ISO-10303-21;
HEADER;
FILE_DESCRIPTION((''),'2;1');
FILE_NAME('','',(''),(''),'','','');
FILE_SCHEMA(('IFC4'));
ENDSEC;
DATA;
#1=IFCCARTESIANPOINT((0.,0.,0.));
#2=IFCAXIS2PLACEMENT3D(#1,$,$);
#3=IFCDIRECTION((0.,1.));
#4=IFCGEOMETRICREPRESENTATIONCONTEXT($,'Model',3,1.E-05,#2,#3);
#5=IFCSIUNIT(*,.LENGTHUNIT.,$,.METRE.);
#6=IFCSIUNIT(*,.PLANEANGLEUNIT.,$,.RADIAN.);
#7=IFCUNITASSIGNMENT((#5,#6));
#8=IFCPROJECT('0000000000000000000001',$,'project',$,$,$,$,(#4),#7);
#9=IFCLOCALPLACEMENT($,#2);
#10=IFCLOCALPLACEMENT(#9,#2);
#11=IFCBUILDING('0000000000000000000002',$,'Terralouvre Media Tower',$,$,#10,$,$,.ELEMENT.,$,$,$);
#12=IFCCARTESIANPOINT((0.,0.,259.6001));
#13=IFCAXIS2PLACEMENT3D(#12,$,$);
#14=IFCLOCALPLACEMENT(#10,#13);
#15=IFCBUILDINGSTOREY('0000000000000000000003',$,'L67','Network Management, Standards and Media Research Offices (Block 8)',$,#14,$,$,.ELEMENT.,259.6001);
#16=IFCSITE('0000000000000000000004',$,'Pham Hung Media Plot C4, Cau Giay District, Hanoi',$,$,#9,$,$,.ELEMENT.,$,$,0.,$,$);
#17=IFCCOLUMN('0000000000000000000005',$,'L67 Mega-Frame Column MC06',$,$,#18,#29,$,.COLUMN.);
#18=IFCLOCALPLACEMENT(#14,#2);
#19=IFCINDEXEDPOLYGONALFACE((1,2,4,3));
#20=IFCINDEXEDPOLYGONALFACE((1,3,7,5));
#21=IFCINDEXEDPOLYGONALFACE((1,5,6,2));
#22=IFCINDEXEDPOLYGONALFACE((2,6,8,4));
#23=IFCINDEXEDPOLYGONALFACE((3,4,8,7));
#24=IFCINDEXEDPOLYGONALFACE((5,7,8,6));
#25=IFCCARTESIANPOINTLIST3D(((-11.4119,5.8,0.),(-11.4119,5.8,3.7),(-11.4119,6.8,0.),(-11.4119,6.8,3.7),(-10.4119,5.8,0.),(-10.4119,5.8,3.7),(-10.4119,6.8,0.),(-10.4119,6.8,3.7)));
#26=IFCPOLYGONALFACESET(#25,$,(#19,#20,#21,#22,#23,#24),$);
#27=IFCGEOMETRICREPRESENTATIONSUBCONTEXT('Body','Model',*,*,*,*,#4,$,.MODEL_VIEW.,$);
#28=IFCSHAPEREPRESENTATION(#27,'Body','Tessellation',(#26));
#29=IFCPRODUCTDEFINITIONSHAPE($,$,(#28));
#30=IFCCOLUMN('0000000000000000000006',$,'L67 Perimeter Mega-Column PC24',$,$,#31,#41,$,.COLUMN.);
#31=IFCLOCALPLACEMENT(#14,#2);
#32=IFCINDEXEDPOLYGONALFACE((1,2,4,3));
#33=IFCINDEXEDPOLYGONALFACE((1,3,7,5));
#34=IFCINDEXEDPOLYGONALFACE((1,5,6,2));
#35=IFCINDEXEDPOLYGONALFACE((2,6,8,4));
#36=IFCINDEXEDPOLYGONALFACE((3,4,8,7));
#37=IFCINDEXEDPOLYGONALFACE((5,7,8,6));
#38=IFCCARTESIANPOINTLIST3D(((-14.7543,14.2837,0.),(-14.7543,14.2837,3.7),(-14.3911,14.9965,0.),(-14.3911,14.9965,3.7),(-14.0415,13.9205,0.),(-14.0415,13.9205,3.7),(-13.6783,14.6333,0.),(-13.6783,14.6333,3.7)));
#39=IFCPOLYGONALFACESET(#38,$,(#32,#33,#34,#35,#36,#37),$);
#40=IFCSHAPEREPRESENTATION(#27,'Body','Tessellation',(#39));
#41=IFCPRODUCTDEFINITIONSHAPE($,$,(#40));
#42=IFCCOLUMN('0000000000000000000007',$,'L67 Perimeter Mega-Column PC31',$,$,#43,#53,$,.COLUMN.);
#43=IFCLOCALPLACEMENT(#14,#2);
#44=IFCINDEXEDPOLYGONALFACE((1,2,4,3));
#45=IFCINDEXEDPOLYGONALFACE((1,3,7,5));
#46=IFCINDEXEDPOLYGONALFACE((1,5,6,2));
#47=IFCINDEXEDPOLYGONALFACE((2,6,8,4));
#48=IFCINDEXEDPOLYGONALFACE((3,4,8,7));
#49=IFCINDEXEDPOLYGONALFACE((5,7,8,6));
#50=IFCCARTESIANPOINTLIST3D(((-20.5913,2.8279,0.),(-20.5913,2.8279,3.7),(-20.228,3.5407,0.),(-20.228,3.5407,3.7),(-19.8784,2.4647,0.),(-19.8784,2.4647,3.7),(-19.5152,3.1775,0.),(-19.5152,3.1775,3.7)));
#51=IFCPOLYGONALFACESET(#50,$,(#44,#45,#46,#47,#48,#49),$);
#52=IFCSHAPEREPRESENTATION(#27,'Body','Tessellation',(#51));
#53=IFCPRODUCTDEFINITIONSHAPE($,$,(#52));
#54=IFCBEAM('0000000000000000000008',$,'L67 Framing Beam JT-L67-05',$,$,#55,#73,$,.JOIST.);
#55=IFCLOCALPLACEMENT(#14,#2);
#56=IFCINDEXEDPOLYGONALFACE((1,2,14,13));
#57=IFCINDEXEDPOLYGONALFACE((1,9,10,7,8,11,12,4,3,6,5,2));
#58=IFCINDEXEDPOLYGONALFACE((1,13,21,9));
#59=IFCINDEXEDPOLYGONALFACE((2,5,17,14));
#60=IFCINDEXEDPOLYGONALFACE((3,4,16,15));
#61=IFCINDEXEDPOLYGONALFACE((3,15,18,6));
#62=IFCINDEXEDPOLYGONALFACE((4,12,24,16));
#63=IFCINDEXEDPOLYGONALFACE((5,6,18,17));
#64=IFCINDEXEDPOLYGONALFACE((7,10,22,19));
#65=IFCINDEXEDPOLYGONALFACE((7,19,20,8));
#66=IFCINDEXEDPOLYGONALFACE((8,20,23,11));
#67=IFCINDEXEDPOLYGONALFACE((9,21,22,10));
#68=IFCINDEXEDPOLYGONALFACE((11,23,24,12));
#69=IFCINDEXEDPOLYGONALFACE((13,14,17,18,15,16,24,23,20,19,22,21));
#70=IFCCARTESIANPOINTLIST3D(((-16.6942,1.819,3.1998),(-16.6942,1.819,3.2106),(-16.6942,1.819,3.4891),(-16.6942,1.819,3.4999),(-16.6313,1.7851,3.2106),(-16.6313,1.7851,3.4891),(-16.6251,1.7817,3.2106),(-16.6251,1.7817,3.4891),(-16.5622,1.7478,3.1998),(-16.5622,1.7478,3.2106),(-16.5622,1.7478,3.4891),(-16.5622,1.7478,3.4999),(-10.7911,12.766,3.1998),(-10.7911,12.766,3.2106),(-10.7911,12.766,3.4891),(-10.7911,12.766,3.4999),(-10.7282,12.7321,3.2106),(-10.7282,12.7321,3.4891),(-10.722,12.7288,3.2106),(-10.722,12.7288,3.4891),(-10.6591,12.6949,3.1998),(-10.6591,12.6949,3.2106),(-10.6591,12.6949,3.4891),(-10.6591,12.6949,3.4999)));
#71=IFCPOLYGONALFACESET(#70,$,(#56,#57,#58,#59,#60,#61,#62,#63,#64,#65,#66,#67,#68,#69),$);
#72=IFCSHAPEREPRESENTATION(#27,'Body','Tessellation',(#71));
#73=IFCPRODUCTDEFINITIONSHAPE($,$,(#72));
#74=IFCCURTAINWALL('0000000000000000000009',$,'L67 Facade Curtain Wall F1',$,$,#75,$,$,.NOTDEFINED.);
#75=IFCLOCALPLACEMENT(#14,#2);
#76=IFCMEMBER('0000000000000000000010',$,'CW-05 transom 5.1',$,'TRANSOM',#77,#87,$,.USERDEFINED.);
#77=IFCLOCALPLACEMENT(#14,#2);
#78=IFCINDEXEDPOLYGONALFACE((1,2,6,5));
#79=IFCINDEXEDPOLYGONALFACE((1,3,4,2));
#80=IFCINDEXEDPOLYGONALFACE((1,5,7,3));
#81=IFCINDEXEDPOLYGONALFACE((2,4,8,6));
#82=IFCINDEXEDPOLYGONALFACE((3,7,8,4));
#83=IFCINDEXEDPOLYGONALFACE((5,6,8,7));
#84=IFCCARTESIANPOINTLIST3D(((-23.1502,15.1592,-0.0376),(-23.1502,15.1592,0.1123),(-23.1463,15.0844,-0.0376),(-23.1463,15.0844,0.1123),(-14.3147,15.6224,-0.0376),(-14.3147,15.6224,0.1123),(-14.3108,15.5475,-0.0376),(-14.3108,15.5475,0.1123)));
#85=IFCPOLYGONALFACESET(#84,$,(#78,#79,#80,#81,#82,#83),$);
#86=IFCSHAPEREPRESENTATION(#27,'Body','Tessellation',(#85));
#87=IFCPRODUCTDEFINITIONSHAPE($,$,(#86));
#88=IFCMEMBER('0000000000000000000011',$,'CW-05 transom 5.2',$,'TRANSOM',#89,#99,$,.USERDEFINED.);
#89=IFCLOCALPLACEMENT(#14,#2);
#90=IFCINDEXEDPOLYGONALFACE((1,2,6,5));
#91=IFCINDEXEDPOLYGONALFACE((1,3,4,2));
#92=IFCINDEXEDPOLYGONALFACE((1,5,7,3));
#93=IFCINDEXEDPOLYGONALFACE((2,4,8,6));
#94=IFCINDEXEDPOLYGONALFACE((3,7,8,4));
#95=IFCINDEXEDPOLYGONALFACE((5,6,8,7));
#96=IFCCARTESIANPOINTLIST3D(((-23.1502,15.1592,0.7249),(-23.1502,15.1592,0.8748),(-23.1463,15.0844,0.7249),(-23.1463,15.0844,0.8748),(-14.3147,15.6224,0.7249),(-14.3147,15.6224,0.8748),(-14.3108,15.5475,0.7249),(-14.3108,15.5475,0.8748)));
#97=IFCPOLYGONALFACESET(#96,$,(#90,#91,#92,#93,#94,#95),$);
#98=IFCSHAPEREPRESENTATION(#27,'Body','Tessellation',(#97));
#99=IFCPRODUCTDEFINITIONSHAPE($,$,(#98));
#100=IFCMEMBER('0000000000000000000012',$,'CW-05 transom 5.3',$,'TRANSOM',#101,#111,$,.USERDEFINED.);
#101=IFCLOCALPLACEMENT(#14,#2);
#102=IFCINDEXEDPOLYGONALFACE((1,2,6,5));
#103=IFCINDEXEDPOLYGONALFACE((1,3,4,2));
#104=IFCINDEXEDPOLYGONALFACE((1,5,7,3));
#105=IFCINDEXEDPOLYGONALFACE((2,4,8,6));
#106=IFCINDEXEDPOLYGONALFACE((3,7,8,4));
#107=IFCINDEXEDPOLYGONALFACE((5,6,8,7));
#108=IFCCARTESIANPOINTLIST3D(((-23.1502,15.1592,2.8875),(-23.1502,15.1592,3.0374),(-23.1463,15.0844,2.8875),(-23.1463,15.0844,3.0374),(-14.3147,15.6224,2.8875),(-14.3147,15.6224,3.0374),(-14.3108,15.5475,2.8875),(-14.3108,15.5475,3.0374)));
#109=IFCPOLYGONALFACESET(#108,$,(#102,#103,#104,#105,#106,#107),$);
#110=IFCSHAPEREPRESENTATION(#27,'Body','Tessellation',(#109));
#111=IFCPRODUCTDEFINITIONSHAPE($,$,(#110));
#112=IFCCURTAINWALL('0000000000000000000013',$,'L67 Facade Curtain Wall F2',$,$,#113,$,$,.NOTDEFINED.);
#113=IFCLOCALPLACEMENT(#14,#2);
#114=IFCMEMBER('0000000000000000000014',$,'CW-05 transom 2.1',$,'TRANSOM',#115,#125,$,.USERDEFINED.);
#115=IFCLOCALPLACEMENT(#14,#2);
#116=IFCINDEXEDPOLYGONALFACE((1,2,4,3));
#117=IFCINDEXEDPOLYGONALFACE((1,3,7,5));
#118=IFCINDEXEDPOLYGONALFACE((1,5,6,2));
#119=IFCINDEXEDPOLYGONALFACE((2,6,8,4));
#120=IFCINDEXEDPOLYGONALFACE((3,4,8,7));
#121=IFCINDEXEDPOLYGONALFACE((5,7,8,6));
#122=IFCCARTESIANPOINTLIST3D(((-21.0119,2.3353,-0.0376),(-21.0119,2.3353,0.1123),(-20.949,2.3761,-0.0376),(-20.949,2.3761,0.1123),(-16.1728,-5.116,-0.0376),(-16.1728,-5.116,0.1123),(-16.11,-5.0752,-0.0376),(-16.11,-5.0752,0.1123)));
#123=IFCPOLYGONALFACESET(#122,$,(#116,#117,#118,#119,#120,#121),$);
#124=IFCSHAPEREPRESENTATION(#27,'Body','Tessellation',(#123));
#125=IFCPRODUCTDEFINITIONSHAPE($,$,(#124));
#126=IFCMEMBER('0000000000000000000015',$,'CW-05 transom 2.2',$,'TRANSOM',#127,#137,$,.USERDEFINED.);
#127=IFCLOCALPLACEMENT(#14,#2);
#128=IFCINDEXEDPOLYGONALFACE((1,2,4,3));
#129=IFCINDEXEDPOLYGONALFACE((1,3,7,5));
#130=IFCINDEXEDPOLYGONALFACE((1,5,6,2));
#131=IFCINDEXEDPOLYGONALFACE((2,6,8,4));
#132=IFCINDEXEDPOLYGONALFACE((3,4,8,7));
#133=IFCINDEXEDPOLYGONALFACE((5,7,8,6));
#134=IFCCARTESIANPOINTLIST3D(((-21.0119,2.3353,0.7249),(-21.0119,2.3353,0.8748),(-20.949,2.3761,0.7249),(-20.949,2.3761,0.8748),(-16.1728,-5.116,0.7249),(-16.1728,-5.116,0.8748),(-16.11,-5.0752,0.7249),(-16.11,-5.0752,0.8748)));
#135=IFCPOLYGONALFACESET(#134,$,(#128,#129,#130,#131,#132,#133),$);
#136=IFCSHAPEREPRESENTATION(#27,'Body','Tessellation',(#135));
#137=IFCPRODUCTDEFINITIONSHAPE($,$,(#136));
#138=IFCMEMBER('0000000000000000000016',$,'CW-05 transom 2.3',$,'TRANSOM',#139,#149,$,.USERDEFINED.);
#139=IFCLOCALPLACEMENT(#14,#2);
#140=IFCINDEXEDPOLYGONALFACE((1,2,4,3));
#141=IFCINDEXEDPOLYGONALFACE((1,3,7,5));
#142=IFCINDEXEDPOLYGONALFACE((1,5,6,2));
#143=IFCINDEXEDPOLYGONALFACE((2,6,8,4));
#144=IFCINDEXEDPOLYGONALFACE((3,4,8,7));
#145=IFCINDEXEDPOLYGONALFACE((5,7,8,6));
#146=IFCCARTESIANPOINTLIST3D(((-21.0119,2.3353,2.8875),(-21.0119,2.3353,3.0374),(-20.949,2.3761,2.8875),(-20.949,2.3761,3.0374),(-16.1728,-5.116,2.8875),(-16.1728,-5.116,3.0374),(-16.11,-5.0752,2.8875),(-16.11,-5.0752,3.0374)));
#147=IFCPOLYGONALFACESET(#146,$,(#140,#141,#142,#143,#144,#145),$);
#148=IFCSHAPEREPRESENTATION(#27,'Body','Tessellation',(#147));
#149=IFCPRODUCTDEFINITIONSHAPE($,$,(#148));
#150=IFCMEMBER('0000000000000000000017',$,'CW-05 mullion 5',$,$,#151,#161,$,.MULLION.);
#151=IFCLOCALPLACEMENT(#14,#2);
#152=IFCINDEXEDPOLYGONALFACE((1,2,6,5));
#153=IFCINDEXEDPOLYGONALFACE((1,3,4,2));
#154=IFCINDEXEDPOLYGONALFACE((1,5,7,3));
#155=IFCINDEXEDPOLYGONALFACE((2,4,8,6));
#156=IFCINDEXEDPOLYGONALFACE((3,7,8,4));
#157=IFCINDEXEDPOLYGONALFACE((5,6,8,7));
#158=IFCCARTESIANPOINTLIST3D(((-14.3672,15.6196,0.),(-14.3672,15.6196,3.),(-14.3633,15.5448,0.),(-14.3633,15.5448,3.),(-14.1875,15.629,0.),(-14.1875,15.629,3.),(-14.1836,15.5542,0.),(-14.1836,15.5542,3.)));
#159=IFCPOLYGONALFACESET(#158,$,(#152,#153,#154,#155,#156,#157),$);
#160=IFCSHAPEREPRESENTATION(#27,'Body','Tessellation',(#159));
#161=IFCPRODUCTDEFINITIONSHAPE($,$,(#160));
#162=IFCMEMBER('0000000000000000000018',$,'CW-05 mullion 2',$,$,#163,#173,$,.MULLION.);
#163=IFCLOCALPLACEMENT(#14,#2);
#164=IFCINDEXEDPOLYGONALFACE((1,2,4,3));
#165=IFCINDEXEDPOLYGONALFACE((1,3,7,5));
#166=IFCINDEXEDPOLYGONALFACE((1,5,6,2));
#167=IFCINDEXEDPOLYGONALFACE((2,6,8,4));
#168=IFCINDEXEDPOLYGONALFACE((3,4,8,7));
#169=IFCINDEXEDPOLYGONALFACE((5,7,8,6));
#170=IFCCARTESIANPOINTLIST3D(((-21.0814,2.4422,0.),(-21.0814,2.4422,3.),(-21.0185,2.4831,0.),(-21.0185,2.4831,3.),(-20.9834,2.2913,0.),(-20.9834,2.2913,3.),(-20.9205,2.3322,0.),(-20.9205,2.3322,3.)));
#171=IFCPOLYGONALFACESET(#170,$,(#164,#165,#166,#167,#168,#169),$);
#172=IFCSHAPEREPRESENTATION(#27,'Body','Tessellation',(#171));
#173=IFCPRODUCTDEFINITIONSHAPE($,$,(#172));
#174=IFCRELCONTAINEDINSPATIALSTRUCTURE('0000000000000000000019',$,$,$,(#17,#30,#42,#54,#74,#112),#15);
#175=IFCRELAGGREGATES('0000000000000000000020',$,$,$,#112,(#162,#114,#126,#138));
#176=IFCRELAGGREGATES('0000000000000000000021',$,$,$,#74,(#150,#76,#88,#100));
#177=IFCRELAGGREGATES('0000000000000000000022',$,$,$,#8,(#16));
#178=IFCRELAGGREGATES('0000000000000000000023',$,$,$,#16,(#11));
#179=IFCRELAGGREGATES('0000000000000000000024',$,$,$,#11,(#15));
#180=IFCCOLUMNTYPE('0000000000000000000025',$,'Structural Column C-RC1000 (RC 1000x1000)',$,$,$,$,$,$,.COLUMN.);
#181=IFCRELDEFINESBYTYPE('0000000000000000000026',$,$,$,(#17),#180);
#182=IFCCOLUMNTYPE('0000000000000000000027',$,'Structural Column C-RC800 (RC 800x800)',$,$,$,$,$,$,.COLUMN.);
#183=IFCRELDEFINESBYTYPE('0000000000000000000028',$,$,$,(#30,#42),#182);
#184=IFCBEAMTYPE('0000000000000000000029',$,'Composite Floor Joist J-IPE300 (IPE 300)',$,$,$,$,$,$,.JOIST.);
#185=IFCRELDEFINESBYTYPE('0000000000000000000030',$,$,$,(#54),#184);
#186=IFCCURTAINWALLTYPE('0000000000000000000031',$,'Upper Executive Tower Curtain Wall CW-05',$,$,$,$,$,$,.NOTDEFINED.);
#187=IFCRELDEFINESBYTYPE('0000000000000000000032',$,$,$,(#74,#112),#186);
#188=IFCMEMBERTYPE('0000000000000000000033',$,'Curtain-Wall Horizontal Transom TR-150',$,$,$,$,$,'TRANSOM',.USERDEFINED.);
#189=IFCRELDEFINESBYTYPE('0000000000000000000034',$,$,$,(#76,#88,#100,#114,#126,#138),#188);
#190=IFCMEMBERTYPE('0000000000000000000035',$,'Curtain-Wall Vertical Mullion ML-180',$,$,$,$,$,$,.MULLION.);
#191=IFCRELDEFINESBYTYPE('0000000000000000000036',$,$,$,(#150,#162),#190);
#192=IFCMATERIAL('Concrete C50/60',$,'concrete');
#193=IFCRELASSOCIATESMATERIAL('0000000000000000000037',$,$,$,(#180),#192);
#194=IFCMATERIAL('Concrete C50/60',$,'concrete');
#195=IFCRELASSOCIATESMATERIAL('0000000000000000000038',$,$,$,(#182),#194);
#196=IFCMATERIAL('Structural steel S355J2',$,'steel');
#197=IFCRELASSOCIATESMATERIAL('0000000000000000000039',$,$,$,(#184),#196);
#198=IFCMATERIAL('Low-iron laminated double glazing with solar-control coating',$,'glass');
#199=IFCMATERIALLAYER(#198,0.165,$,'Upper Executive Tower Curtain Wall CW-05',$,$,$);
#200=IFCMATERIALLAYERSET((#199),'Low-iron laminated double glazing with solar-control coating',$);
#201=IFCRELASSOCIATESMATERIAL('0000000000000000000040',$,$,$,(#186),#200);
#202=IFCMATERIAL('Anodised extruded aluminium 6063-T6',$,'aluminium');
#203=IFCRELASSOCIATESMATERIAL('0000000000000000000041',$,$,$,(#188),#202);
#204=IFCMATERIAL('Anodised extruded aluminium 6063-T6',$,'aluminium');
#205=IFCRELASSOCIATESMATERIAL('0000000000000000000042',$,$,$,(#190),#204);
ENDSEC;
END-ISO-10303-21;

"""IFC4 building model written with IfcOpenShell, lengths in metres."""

from ifc_helpers import new_model, si_unit, direction, frame, origin, origin_2d, place, context, subcontext, project, spatial, rectangle, i_section, extrude, material, layer, layer_set, material_profile, profile_set, type_object, element, aggregate, save


model = new_model("IFC4")

# Units and contexts
model_context = context("Model", 3, precision=1e-05, world=origin(), true_north=direction((0.0, 1.0)))
body_context = subcontext(model_context, "Body", "Model", "MODEL_VIEW")
ifc_project = project(units=[si_unit("LENGTHUNIT", "METRE"), si_unit("PLANEANGLEUNIT", "RADIAN")], contexts=[model_context])

# Site, building, storey
site_placement = place(None, origin())
site = spatial("IfcSite", under=ifc_project, at=site_placement, Name="Pham Hung Media Plot C4, Cau Giay District, Hanoi", CompositionType="ELEMENT", RefElevation=0.0)
building_placement = place(site_placement, origin())
building = spatial("IfcBuilding", under=site, at=building_placement, Name="Terralouvre Media Tower", CompositionType="ELEMENT")
storey_placement = place(building_placement, frame((0.0, 0.0, 259.6001)))
storey = spatial("IfcBuildingStorey", under=building, at=storey_placement, Name="L67", Description="Network Management, Standards and Media Research Offices (Block 8)", CompositionType="ELEMENT", Elevation=259.6001)

# Columns
ifc_material_1 = material(Name="Concrete C50/60", Category="concrete")
ifc_material_profile_1 = material_profile(ifc_material_1, rectangle(XDim=1.0, YDim=1.0, at=origin_2d()), Name="RC 1000x1000")
ifc_profile_set_1 = profile_set([ifc_material_profile_1], Name="Concrete C50/60")
column_type_1 = type_object("IfcColumnType", Name="Structural Column C-RC1000 (RC 1000x1000)", PredefinedType="COLUMN", material=ifc_profile_set_1)
column_placement = place(storey_placement, frame((-10.9119, 6.3, 0.0), z_axis=(0.0, 0.0, 1.0), x_axis=(1.0, 0.0, 0.0)))
element("IfcColumn", 1, at=column_placement, inside=storey, type_object=column_type_1, Name="L67 Mega-Frame Column MC06", PredefinedType="COLUMN", context=body_context, shape_type="SweptSolid", body=[
    extrude(rectangle(XDim=1.0, YDim=1.0, at=origin_2d()), origin(), (0.0, 0.0, 1.0), 3.7),
])
ifc_material_2 = material(Name="Concrete C50/60", Category="concrete")
ifc_material_profile_2 = material_profile(ifc_material_2, rectangle(XDim=0.8, YDim=0.8, at=origin_2d()), Name="RC 800x800")
ifc_profile_set_2 = profile_set([ifc_material_profile_2], Name="Concrete C50/60")
column_type_2 = type_object("IfcColumnType", Name="Structural Column C-RC800 (RC 800x800)", PredefinedType="COLUMN", material=ifc_profile_set_2)
for number, where, z_axis, x_axis, name in (
    (2, (-14.2163, 14.4585, 0.0), (0.0, 0.0, 1.0), (0.45399, 0.891007, 0.0), "L67 Perimeter Mega-Column PC24"),
    (3, (-20.0532, 3.0027, 0.0), (0.0, 0.0, 1.0), (0.45399, 0.891007, 0.0), "L67 Perimeter Mega-Column PC31"),
):
    element("IfcColumn", number, at=place(storey_placement, frame(where, z_axis=z_axis, x_axis=x_axis)), inside=storey, type_object=column_type_2, Name=name, PredefinedType="COLUMN", context=body_context, shape_type="SweptSolid", body=[
        extrude(rectangle(XDim=0.8, YDim=0.8, at=origin_2d()), origin(), (0.0, 0.0, 1.0), 3.7),
    ])

# Beam
ifc_material_3 = material(Name="Structural steel S355J2", Category="steel")
ifc_material_profile_3 = material_profile(ifc_material_3, i_section(OverallWidth=0.1499, OverallDepth=0.3, WebThickness=0.0071, FlangeThickness=0.0107, at=origin_2d()), Name="IPE 300")
ifc_profile_set_3 = profile_set([ifc_material_profile_3], Name="Structural steel S355J2")
beam_type_1 = type_object("IfcBeamType", Name="Composite Floor Joist J-IPE300 (IPE 300)", PredefinedType="JOIST", material=ifc_profile_set_3)
beam_1_placement = place(storey_placement, frame((-10.7251, 12.7305, 3.3499), z_axis=(-0.474631, -0.880185, 0.0), x_axis=(0.880185, -0.474631, 0.0)))
element("IfcBeam", 4, at=beam_1_placement, inside=storey, type_object=beam_type_1, Name="L67 Framing Beam JT-L67-05", PredefinedType="JOIST", context=body_context, shape_type="SweptSolid", body=[
    extrude(i_section(OverallWidth=0.1499, OverallDepth=0.3, WebThickness=0.0071, FlangeThickness=0.0107, at=origin_2d()), origin(), (0.0, 0.0, 1.0), 12.4373),
])

# Curtain walls, members
ifc_material_4 = material(Name="Low-iron laminated double glazing with solar-control coating", Category="glass")
ifc_layer_1 = layer(ifc_material_4, 0.165, Name="Upper Executive Tower Curtain Wall CW-05")
ifc_layer_set_1 = layer_set([ifc_layer_1], Name="Low-iron laminated double glazing with solar-control coating")
curtain_wall_type = type_object("IfcCurtainWallType", Name="Upper Executive Tower Curtain Wall CW-05", PredefinedType="NOTDEFINED", material=ifc_layer_set_1)
curtain_wall_1_placement = place(storey_placement, origin())
curtain_wall_1 = element("IfcCurtainWall", 5, at=curtain_wall_1_placement, inside=storey, type_object=curtain_wall_type, Name="L67 Facade Curtain Wall F1", PredefinedType="NOTDEFINED")
ifc_material_5 = material(Name="Anodised extruded aluminium 6063-T6", Category="aluminium")
ifc_material_profile_4 = material_profile(ifc_material_5, rectangle(XDim=0.075, YDim=0.1499, at=origin_2d()), Name="ALU 75x150")
ifc_profile_set_4 = profile_set([ifc_material_profile_4], Name="Anodised extruded aluminium 6063-T6")
member_type_1 = type_object("IfcMemberType", Name="Curtain-Wall Horizontal Transom TR-150", ElementType="TRANSOM", PredefinedType="USERDEFINED", material=ifc_profile_set_4)
member_1_placement = place(storey_placement, frame((-14.3127, 15.585, 0.0374), z_axis=(-0.998629, -0.052346, 0.0), x_axis=(0.052346, -0.998629, 0.0)))
member_1 = element("IfcMember", 6, at=member_1_placement, type_object=member_type_1, Name="CW-05 transom 5.1", ObjectType="TRANSOM", PredefinedType="USERDEFINED", context=body_context, shape_type="SweptSolid", body=[
    extrude(rectangle(XDim=0.075, YDim=0.1499, at=origin_2d()), origin(), (0.0, 0.0, 1.0), 8.8477),
])
member_2_placement = place(storey_placement, frame((-14.3127, 15.585, 0.7998), z_axis=(-0.998629, -0.052346, 0.0), x_axis=(0.052346, -0.998629, 0.0)))
member_2 = element("IfcMember", 7, at=member_2_placement, type_object=member_type_1, Name="CW-05 transom 5.2", ObjectType="TRANSOM", PredefinedType="USERDEFINED", context=body_context, shape_type="SweptSolid", body=[
    extrude(rectangle(XDim=0.075, YDim=0.1499, at=origin_2d()), origin(), (0.0, 0.0, 1.0), 8.8477),
])
member_3_placement = place(storey_placement, frame((-14.3127, 15.585, 2.9624), z_axis=(-0.998629, -0.052346, 0.0), x_axis=(0.052346, -0.998629, 0.0)))
member_3 = element("IfcMember", 8, at=member_3_placement, type_object=member_type_1, Name="CW-05 transom 5.3", ObjectType="TRANSOM", PredefinedType="USERDEFINED", context=body_context, shape_type="SweptSolid", body=[
    extrude(rectangle(XDim=0.075, YDim=0.1499, at=origin_2d()), origin(), (0.0, 0.0, 1.0), 8.8477),
])
curtain_wall_2_placement = place(storey_placement, origin())
curtain_wall_2 = element("IfcCurtainWall", 9, at=curtain_wall_2_placement, inside=storey, type_object=curtain_wall_type, Name="L67 Facade Curtain Wall F2", PredefinedType="NOTDEFINED")
member_4_placement = place(storey_placement, frame((-20.9805, 2.3557, 0.0374), z_axis=(0.544647, -0.838665, 0.0), x_axis=(0.838665, 0.544647, 0.0)))
member_4 = element("IfcMember", 10, at=member_4_placement, type_object=member_type_1, Name="CW-05 transom 2.1", ObjectType="TRANSOM", PredefinedType="USERDEFINED", context=body_context, shape_type="SweptSolid", body=[
    extrude(rectangle(XDim=0.075, YDim=0.1499, at=origin_2d()), origin(), (0.0, 0.0, 1.0), 8.8848),
])
member_5_placement = place(storey_placement, frame((-20.9805, 2.3557, 0.7998), z_axis=(0.544647, -0.838665, 0.0), x_axis=(0.838665, 0.544647, 0.0)))
member_5 = element("IfcMember", 11, at=member_5_placement, type_object=member_type_1, Name="CW-05 transom 2.2", ObjectType="TRANSOM", PredefinedType="USERDEFINED", context=body_context, shape_type="SweptSolid", body=[
    extrude(rectangle(XDim=0.075, YDim=0.1499, at=origin_2d()), origin(), (0.0, 0.0, 1.0), 8.8848),
])
member_6_placement = place(storey_placement, frame((-20.9805, 2.3557, 2.9624), z_axis=(0.544647, -0.838665, 0.0), x_axis=(0.838665, 0.544647, 0.0)))
member_6 = element("IfcMember", 12, at=member_6_placement, type_object=member_type_1, Name="CW-05 transom 2.3", ObjectType="TRANSOM", PredefinedType="USERDEFINED", context=body_context, shape_type="SweptSolid", body=[
    extrude(rectangle(XDim=0.075, YDim=0.1499, at=origin_2d()), origin(), (0.0, 0.0, 1.0), 8.8848),
])

# Members
ifc_material_6 = material(Name="Anodised extruded aluminium 6063-T6", Category="aluminium")
ifc_material_profile_5 = material_profile(ifc_material_6, rectangle(XDim=0.075, YDim=0.1799, at=origin_2d()), Name="ALU 75x180")
ifc_profile_set_5 = profile_set([ifc_material_profile_5], Name="Anodised extruded aluminium 6063-T6")
member_type_2 = type_object("IfcMemberType", Name="Curtain-Wall Vertical Mullion ML-180", PredefinedType="MULLION", material=ifc_profile_set_5)
member_7_placement = place(storey_placement, frame((-14.2754, 15.5869, 0.0), z_axis=(0.0, 0.0, 1.0), x_axis=(0.052336, -0.99863, 0.0)))
member_7 = element("IfcMember", 13, at=member_7_placement, type_object=member_type_2, Name="CW-05 mullion 5", PredefinedType="MULLION", context=body_context, shape_type="SweptSolid", body=[
    extrude(rectangle(XDim=0.075, YDim=0.1799, at=origin_2d()), origin(), (0.0, 0.0, 1.0), 3.0),
])
member_8_placement = place(storey_placement, frame((-21.001, 2.3872, 0.0), z_axis=(0.0, 0.0, 1.0), x_axis=(0.838671, 0.544639, 0.0)))
member_8 = element("IfcMember", 14, at=member_8_placement, type_object=member_type_2, Name="CW-05 mullion 2", PredefinedType="MULLION", context=body_context, shape_type="SweptSolid", body=[
    extrude(rectangle(XDim=0.075, YDim=0.1799, at=origin_2d()), origin(), (0.0, 0.0, 1.0), 3.0),
])
aggregate(curtain_wall_2, [member_8, member_4, member_5, member_6])

aggregate(curtain_wall_1, [member_7, member_1, member_2, member_3])

save(model, "model.ifc")
